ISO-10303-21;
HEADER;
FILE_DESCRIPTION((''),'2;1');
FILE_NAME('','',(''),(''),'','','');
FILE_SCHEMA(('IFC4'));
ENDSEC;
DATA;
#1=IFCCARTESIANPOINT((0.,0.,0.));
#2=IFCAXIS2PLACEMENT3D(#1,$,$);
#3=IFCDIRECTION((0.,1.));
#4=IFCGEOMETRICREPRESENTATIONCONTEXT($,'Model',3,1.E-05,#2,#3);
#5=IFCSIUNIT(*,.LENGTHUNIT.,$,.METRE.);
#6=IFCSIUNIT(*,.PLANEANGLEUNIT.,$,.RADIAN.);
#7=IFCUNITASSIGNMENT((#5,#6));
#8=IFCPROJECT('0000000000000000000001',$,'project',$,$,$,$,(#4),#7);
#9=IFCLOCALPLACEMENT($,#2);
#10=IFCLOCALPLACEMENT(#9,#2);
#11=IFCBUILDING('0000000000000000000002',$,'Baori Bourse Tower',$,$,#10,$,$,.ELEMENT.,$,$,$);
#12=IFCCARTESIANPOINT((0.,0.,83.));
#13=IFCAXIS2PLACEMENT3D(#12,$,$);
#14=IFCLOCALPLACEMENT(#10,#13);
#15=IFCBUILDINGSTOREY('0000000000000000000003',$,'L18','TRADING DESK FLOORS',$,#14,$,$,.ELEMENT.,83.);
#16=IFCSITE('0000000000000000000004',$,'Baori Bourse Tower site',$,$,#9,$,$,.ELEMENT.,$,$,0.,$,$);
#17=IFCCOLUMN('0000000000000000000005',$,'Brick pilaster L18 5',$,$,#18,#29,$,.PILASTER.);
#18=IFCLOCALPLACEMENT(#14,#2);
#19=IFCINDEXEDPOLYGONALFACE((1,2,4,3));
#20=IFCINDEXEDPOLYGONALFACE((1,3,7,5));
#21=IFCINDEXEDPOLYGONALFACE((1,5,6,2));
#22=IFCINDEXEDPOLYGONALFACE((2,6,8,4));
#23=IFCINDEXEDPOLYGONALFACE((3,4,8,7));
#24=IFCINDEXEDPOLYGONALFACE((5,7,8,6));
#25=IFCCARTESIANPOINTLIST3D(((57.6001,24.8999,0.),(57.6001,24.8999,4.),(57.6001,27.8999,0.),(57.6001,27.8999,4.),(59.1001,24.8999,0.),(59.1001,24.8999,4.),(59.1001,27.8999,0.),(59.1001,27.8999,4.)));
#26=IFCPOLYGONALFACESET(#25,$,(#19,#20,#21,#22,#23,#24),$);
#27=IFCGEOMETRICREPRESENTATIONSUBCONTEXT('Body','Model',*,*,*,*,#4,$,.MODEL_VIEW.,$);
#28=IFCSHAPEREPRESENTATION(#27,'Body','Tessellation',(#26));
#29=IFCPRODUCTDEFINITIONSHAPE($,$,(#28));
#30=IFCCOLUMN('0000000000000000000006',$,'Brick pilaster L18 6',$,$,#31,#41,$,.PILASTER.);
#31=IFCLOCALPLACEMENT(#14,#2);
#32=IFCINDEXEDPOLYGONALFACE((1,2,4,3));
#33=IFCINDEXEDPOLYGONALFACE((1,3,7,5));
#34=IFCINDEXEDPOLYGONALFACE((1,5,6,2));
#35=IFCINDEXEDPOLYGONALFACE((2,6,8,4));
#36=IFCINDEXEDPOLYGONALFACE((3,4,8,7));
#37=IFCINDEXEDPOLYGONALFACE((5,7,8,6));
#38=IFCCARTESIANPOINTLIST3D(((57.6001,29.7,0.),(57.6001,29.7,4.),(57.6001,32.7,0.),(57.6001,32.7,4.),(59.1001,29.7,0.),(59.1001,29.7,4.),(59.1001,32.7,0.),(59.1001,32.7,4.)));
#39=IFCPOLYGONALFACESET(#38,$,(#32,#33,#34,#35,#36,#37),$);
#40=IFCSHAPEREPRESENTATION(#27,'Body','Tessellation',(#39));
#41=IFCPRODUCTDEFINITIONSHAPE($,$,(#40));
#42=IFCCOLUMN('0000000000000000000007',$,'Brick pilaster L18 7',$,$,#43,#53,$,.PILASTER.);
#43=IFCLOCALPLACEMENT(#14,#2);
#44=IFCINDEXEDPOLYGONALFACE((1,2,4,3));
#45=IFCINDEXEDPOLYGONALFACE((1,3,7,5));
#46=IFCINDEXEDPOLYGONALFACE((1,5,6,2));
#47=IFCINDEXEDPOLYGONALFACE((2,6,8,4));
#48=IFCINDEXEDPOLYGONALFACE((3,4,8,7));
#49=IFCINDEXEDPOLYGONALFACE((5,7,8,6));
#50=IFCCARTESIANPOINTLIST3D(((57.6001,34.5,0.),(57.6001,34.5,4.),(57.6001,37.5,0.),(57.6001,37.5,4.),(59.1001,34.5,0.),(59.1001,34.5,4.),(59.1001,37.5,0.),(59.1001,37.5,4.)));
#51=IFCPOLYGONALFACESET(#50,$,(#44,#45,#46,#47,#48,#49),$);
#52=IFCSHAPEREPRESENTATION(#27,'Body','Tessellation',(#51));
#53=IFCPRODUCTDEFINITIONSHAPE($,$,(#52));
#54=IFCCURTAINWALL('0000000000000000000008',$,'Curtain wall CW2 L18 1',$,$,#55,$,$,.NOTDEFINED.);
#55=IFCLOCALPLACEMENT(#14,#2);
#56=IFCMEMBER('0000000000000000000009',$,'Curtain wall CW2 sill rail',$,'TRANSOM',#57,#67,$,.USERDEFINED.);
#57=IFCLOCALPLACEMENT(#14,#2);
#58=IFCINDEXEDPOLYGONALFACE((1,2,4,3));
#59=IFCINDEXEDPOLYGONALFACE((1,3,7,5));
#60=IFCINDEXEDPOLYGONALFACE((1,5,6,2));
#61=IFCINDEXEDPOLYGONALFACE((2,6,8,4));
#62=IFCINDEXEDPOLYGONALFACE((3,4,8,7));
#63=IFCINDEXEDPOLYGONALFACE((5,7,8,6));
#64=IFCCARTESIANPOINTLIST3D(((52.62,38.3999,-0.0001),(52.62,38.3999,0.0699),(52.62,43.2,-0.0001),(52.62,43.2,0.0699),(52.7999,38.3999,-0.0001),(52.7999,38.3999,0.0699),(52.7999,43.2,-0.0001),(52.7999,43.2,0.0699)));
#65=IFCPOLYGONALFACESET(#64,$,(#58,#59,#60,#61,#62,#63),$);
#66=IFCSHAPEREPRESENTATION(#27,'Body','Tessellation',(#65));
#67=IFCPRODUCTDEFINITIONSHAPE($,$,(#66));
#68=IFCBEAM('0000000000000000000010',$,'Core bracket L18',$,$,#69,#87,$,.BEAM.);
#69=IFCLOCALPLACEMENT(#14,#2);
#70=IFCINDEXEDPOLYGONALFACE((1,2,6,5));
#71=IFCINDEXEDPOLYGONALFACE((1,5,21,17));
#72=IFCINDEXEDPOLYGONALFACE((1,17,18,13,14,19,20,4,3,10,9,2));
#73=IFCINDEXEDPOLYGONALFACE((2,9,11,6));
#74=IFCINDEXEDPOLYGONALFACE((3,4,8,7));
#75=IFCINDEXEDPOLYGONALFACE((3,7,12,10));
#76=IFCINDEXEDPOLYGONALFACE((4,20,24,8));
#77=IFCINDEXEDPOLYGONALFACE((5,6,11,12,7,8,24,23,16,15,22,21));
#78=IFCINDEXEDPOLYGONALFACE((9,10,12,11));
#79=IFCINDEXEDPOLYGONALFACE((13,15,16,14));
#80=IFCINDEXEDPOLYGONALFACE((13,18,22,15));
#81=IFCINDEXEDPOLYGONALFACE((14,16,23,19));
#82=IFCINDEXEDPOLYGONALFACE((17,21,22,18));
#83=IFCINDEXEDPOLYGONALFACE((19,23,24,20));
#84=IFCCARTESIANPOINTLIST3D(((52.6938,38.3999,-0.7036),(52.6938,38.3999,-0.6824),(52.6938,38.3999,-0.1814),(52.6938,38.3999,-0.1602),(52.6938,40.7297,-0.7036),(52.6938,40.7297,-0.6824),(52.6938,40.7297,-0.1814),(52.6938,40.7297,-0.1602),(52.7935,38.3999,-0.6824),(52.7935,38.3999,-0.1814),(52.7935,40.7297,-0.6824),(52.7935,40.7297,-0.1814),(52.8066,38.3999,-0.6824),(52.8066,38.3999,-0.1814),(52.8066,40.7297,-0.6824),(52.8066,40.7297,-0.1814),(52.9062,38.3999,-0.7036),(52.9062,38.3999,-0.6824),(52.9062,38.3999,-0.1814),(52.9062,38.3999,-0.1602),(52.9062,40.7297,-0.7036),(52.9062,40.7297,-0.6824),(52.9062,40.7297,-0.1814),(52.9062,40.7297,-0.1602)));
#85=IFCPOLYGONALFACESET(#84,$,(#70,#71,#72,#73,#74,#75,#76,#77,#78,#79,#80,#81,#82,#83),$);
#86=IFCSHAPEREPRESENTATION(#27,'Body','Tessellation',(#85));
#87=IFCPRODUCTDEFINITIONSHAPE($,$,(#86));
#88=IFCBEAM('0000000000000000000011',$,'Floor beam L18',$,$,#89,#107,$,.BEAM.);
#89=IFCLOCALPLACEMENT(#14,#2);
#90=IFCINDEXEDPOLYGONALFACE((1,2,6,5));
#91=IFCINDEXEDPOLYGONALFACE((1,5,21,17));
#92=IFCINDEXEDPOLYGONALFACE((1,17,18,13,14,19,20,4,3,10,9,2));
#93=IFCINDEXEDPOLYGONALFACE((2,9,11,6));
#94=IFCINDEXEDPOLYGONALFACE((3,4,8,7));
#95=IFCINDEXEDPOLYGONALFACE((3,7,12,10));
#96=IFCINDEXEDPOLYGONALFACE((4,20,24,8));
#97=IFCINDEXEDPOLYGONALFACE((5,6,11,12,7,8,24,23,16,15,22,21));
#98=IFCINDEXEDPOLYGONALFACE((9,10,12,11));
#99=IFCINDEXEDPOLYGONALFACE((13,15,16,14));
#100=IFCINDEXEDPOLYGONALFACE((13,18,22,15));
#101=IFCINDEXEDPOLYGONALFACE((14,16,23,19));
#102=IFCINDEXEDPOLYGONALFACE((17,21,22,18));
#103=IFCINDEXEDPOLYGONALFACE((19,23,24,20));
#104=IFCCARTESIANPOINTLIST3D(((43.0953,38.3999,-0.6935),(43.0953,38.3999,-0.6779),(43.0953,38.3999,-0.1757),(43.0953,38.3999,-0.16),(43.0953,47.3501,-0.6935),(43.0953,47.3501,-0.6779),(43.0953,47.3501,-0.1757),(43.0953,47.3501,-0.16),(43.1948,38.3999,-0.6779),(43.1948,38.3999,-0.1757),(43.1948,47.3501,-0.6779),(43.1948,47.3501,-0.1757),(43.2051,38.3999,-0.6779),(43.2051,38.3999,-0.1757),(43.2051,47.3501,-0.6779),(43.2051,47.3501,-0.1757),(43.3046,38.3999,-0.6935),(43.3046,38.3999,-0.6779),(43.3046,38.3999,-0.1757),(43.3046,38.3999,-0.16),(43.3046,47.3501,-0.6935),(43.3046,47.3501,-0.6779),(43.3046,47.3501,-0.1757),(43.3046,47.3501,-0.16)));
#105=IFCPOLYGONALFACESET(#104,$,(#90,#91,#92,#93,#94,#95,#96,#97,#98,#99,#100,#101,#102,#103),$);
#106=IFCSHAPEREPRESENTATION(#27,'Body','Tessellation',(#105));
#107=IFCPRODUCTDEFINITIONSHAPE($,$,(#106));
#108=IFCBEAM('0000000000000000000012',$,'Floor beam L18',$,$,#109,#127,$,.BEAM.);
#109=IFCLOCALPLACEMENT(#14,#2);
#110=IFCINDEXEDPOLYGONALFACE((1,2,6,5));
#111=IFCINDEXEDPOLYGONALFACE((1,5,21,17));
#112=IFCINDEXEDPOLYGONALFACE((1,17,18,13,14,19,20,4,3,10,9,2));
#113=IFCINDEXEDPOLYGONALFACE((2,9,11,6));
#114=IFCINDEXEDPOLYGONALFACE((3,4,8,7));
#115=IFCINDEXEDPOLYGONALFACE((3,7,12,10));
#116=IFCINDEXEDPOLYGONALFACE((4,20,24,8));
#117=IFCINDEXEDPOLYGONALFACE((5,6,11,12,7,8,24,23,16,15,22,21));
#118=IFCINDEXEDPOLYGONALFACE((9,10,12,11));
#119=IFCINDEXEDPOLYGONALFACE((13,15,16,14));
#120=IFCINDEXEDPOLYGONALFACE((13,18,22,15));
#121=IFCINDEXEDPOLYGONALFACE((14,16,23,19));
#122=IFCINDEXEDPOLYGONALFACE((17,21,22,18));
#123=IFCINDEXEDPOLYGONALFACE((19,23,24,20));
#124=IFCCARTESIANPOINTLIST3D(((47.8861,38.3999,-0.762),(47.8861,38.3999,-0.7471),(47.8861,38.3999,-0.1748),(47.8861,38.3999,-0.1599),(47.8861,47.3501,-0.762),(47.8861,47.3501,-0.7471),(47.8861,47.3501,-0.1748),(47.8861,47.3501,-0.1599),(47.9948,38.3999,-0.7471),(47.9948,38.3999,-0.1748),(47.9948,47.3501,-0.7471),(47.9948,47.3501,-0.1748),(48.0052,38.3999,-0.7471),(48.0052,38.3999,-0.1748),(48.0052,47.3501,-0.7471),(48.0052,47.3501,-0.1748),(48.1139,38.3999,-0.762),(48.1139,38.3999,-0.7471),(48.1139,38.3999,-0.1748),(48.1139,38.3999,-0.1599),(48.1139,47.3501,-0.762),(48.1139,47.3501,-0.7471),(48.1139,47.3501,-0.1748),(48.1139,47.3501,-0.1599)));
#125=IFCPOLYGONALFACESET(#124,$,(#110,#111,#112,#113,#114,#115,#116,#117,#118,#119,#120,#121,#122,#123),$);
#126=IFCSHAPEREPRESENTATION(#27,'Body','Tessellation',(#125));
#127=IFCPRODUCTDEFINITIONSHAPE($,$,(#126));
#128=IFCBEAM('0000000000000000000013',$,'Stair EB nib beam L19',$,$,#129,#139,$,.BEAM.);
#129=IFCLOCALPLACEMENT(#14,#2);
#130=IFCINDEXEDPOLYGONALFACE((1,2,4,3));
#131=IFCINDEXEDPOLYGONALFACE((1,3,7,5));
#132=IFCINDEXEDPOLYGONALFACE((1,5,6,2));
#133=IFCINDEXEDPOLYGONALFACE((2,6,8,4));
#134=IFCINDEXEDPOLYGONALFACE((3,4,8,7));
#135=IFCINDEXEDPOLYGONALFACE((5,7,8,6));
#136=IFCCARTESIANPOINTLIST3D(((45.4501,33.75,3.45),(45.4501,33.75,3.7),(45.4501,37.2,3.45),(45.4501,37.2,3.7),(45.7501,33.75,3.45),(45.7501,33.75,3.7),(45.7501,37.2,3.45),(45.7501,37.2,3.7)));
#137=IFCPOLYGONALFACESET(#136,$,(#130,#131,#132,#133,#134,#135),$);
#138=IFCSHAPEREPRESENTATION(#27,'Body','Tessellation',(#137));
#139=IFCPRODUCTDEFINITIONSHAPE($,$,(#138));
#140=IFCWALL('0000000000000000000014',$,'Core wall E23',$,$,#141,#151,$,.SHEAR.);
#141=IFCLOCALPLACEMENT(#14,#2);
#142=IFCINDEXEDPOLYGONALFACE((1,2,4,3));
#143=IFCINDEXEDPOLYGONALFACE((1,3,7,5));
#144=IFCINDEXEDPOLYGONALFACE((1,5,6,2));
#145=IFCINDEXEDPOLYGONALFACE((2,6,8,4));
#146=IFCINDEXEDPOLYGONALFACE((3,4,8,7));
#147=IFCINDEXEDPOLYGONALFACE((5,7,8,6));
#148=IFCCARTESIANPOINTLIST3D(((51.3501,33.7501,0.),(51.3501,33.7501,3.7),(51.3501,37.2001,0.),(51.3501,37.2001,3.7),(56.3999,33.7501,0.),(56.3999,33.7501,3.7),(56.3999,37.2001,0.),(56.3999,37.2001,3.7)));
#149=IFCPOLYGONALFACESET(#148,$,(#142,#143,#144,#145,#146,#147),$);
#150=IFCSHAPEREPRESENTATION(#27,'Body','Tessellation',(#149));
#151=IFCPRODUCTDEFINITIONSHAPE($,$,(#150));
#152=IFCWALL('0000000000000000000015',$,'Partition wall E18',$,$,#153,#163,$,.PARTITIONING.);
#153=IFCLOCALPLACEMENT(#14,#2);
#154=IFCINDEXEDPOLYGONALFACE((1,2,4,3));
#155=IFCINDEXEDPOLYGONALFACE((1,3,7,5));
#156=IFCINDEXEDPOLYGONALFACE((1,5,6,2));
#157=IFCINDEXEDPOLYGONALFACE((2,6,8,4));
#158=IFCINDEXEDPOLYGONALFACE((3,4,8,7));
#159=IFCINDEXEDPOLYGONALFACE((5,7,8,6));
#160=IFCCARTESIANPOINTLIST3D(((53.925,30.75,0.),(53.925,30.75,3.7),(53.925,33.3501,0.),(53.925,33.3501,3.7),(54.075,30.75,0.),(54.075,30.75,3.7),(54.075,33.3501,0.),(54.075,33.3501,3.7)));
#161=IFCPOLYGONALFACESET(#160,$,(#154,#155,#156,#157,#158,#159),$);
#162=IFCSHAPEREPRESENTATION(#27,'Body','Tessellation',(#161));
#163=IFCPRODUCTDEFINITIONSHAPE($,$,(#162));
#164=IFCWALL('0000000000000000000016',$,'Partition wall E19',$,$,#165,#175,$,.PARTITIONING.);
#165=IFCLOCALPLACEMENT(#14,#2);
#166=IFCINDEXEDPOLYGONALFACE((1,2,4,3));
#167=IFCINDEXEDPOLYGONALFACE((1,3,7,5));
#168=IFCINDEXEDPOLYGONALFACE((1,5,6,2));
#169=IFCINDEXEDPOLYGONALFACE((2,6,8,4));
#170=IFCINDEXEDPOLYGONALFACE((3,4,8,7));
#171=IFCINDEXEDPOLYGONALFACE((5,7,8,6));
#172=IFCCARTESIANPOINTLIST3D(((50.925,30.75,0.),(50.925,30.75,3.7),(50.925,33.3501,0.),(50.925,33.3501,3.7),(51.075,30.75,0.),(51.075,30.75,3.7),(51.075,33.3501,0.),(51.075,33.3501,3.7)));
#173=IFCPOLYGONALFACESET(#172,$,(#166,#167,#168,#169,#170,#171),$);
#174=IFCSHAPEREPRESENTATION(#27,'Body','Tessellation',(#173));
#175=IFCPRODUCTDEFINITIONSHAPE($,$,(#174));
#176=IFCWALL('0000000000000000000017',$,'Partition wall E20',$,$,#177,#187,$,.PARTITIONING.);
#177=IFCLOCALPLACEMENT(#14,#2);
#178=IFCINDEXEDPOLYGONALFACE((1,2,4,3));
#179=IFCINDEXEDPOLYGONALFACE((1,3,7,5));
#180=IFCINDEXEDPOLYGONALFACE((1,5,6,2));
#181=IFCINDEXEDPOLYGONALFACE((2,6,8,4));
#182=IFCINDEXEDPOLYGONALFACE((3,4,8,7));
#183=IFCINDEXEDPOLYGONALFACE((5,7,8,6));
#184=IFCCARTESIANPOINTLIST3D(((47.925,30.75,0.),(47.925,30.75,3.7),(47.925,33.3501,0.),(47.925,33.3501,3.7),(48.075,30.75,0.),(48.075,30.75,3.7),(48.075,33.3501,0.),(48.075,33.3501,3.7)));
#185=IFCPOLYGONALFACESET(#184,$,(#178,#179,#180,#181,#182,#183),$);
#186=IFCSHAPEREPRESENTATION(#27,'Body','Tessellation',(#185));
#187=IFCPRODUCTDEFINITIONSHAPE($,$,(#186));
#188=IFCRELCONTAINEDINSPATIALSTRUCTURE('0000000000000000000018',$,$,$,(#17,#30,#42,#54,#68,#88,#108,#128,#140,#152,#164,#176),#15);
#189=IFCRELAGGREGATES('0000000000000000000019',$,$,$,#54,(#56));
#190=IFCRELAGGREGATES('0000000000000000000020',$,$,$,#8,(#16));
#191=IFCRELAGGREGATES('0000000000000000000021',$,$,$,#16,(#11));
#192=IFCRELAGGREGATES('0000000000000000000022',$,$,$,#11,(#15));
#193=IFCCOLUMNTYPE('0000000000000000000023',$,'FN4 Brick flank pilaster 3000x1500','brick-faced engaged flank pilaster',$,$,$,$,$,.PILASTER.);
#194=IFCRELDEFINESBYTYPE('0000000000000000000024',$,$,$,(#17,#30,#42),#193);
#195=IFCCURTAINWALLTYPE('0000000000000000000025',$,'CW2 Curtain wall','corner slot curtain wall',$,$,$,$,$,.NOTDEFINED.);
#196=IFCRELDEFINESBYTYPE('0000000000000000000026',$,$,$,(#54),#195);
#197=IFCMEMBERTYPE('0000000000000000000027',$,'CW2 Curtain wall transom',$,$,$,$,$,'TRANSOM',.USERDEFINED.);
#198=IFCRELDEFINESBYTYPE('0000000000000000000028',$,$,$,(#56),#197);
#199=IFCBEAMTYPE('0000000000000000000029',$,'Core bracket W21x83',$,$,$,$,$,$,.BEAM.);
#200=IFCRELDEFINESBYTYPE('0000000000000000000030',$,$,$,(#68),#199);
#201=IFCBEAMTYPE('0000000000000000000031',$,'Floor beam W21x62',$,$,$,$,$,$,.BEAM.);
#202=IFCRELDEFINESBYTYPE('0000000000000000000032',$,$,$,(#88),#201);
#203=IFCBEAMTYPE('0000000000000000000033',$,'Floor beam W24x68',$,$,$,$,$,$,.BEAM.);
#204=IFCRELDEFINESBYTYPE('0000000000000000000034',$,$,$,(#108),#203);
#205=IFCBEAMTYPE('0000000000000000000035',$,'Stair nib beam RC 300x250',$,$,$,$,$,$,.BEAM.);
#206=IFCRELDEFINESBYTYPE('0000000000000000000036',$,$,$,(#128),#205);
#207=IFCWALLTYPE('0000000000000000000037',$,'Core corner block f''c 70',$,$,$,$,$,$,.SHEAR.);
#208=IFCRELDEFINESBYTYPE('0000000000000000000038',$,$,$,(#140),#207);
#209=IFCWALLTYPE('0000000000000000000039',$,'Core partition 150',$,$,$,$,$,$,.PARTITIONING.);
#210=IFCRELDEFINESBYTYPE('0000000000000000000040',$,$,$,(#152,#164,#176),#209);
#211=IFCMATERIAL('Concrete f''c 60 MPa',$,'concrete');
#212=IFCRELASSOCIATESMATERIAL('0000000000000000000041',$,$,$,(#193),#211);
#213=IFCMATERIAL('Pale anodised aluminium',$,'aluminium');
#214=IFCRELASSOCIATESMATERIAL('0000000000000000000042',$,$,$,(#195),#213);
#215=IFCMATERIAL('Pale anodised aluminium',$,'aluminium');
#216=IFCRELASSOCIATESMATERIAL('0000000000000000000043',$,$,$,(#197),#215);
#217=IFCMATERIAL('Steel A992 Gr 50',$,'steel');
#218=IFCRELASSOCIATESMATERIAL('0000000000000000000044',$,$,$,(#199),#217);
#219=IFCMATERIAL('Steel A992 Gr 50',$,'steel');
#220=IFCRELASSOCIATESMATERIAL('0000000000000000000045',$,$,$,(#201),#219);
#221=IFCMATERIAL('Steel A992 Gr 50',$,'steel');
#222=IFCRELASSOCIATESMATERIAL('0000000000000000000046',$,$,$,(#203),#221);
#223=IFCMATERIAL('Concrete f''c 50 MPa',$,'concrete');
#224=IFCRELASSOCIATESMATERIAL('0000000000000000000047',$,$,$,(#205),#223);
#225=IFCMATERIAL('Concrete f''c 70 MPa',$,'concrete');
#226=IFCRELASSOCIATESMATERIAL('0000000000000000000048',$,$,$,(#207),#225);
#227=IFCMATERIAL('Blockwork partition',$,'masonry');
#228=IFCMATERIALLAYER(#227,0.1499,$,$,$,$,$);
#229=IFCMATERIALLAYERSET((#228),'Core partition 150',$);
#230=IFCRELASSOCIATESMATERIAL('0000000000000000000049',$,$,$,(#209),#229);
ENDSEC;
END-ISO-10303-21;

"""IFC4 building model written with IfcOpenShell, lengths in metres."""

from ifc_helpers import new_model, si_unit, direction, frame, frame_2d, origin, origin_2d, place, context, subcontext, project, spatial, rectangle, i_section, extrude, material, layer, layer_set, material_profile, profile_set, type_object, element, aggregate, save


model = new_model("IFC4")

# Units and contexts
model_context = context("Model", 3, precision=1e-05, world=origin(), true_north=direction((0.0, 1.0)))
body_context = subcontext(model_context, "Body", "Model", "MODEL_VIEW")
ifc_project = project(units=[si_unit("LENGTHUNIT", "METRE"), si_unit("PLANEANGLEUNIT", "RADIAN")], contexts=[model_context])

# Site, building, storey
site_placement = place(None, origin())
site = spatial("IfcSite", under=ifc_project, at=site_placement, Name="Baori Bourse Tower site", CompositionType="ELEMENT", RefElevation=0.0)
building_placement = place(site_placement, origin())
building = spatial("IfcBuilding", under=site, at=building_placement, Name="Baori Bourse Tower", CompositionType="ELEMENT")
storey_placement = place(building_placement, frame((0.0, 0.0, 83.0)))
storey = spatial("IfcBuildingStorey", under=building, at=storey_placement, Name="L18", Description="TRADING DESK FLOORS", CompositionType="ELEMENT", Elevation=83.0)

# Columns
ifc_material_1 = material(Name="Concrete f'c 60 MPa", Category="concrete")
ifc_material_profile_1 = material_profile(ifc_material_1, rectangle(XDim=3.0, YDim=1.5, at=origin_2d()), Name="RC 3000x1500")
ifc_profile_set_1 = profile_set([ifc_material_profile_1], Name="Concrete f'c 60 MPa")
column_type = type_object("IfcColumnType", Name="FN4 Brick flank pilaster 3000x1500", Description="brick-faced engaged flank pilaster", PredefinedType="PILASTER", material=ifc_profile_set_1)
for number, where, z_axis, x_axis, name in (
    (1, (58.3501, 26.3999, 0.0), (0.0, 0.0, 1.0), (0.0, 1.0, 0.0), "Brick pilaster L18 5"),
    (2, (58.3501, 31.2, 0.0), (0.0, 0.0, 1.0), (0.0, 1.0, 0.0), "Brick pilaster L18 6"),
    (3, (58.3501, 36.0, 0.0), (0.0, 0.0, 1.0), (0.0, 1.0, 0.0), "Brick pilaster L18 7"),
):
    element("IfcColumn", number, at=place(storey_placement, frame(where, z_axis=z_axis, x_axis=x_axis)), inside=storey, type_object=column_type, Name=name, PredefinedType="PILASTER", context=body_context, shape_type="SweptSolid", body=[
        extrude(rectangle(XDim=3.0, YDim=1.5, at=origin_2d()), origin(), (0.0, 0.0, 1.0), 4.0),
    ])

# Curtain wall, member
ifc_material_2 = material(Name="Pale anodised aluminium", Category="aluminium")
curtain_wall_type = type_object("IfcCurtainWallType", Name="CW2 Curtain wall", Description="corner slot curtain wall", PredefinedType="NOTDEFINED", material=ifc_material_2)
curtain_wall_placement = place(storey_placement, origin())
curtain_wall = element("IfcCurtainWall", 4, at=curtain_wall_placement, inside=storey, type_object=curtain_wall_type, Name="Curtain wall CW2 L18 1", PredefinedType="NOTDEFINED")
ifc_material_3 = material(Name="Pale anodised aluminium", Category="aluminium")
ifc_material_profile_2 = material_profile(ifc_material_3, rectangle(XDim=0.1799, YDim=0.0701, at=origin_2d()), Name="Transom 70x180")
ifc_profile_set_2 = profile_set([ifc_material_profile_2], Name="Pale anodised aluminium")
member_type = type_object("IfcMemberType", Name="CW2 Curtain wall transom", ElementType="TRANSOM", PredefinedType="USERDEFINED", material=ifc_profile_set_2)
member_placement = place(storey_placement, frame((52.71, 38.3999, 0.0349), z_axis=(0.0, 1.0, 0.0), x_axis=(-1.0, 0.0, 0.0)))
member = element("IfcMember", 5, at=member_placement, type_object=member_type, Name="Curtain wall CW2 sill rail", ObjectType="TRANSOM", PredefinedType="USERDEFINED", context=body_context, shape_type="SweptSolid", body=[
    extrude(rectangle(XDim=0.1799, YDim=0.0701, at=origin_2d()), origin(), (0.0, 0.0, 1.0), 4.8),
])
aggregate(curtain_wall, [member])

# Beams
ifc_material_4 = material(Name="Steel A992 Gr 50", Category="steel")
ifc_material_profile_3 = material_profile(ifc_material_4, i_section(OverallWidth=0.2124, OverallDepth=0.5435, WebThickness=0.0132, FlangeThickness=0.0212, at=origin_2d()), Name="W21x83")
ifc_profile_set_3 = profile_set([ifc_material_profile_3], Name="Steel A992 Gr 50")
beam_type_1 = type_object("IfcBeamType", Name="Core bracket W21x83", PredefinedType="BEAM", material=ifc_profile_set_3)
beam_1_placement = place(storey_placement, frame((52.8, 38.3999, -0.4319), z_axis=(0.0, 1.0, 0.0), x_axis=(-1.0, 0.0, 0.0)))
element("IfcBeam", 6, at=beam_1_placement, inside=storey, type_object=beam_type_1, Name="Core bracket L18", PredefinedType="BEAM", context=body_context, shape_type="SweptSolid", body=[
    extrude(i_section(OverallWidth=0.2124, OverallDepth=0.5435, WebThickness=0.0132, FlangeThickness=0.0212, at=origin_2d()), origin(), (0.0, 0.0, 1.0), 2.3298),
])
ifc_material_5 = material(Name="Steel A992 Gr 50", Category="steel")
ifc_material_profile_4 = material_profile(ifc_material_5, i_section(OverallWidth=0.2092, OverallDepth=0.5334, WebThickness=0.0103, FlangeThickness=0.0156, at=origin_2d()), Name="W21x62")
ifc_profile_set_4 = profile_set([ifc_material_profile_4], Name="Steel A992 Gr 50")
beam_type_2 = type_object("IfcBeamType", Name="Floor beam W21x62", PredefinedType="BEAM", material=ifc_profile_set_4)
beam_2_placement = place(storey_placement, frame((43.2, 38.3999, -0.4268), z_axis=(0.0, 1.0, 0.0), x_axis=(-1.0, 0.0, 0.0)))
element("IfcBeam", 7, at=beam_2_placement, inside=storey, type_object=beam_type_2, Name="Floor beam L18", PredefinedType="BEAM", context=body_context, shape_type="SweptSolid", body=[
    extrude(i_section(OverallWidth=0.2092, OverallDepth=0.5334, WebThickness=0.0103, FlangeThickness=0.0156, at=origin_2d()), origin(), (0.0, 0.0, 1.0), 8.9502),
])
ifc_material_6 = material(Name="Steel A992 Gr 50", Category="steel")
ifc_material_profile_5 = material_profile(ifc_material_6, i_section(OverallWidth=0.2278, OverallDepth=0.6021, WebThickness=0.0105, FlangeThickness=0.0149, at=origin_2d()), Name="W24x68")
ifc_profile_set_5 = profile_set([ifc_material_profile_5], Name="Steel A992 Gr 50")
beam_type_3 = type_object("IfcBeamType", Name="Floor beam W24x68", PredefinedType="BEAM", material=ifc_profile_set_5)
beam_3_placement = place(storey_placement, frame((48.0, 38.3999, -0.4609), z_axis=(0.0, 1.0, 0.0), x_axis=(-1.0, 0.0, 0.0)))
element("IfcBeam", 8, at=beam_3_placement, inside=storey, type_object=beam_type_3, Name="Floor beam L18", PredefinedType="BEAM", context=body_context, shape_type="SweptSolid", body=[
    extrude(i_section(OverallWidth=0.2278, OverallDepth=0.6021, WebThickness=0.0105, FlangeThickness=0.0149, at=origin_2d()), origin(), (0.0, 0.0, 1.0), 8.9502),
])
ifc_material_7 = material(Name="Concrete f'c 50 MPa", Category="concrete")
ifc_material_profile_6 = material_profile(ifc_material_7, rectangle(XDim=0.3, YDim=0.25, at=origin_2d()), Name="RC 300x250")
ifc_profile_set_6 = profile_set([ifc_material_profile_6], Name="Concrete f'c 50 MPa")
beam_type_4 = type_object("IfcBeamType", Name="Stair nib beam RC 300x250", PredefinedType="BEAM", material=ifc_profile_set_6)
beam_4_placement = place(storey_placement, frame((45.6001, 33.75, 3.575), z_axis=(0.0, 1.0, 0.0), x_axis=(-1.0, 0.0, 0.0)))
element("IfcBeam", 9, at=beam_4_placement, inside=storey, type_object=beam_type_4, Name="Stair EB nib beam L19", PredefinedType="BEAM", context=body_context, shape_type="SweptSolid", body=[
    extrude(rectangle(XDim=0.3, YDim=0.25, at=origin_2d()), origin(), (0.0, 0.0, 1.0), 3.45),
])

# Walls
ifc_material_8 = material(Name="Concrete f'c 70 MPa", Category="concrete")
wall_type_1 = type_object("IfcWallType", Name="Core corner block f'c 70", PredefinedType="SHEAR", material=ifc_material_8)
wall_1_placement = place(storey_placement, frame((51.3501, 35.4751, 0.0), z_axis=(0.0, 0.0, 1.0), x_axis=(1.0, 0.0, 0.0)))
element("IfcWall", 10, at=wall_1_placement, inside=storey, type_object=wall_type_1, Name="Core wall E23", PredefinedType="SHEAR", context=body_context, shape_type="SweptSolid", body=[
    extrude(rectangle(XDim=5.0498, YDim=3.45, at=frame_2d((2.5249, 0.0))), origin(), (0.0, 0.0, 1.0), 3.7),
])
ifc_material_9 = material(Name="Blockwork partition", Category="masonry")
ifc_layer_1 = layer(ifc_material_9, 0.1499)
ifc_layer_set_1 = layer_set([ifc_layer_1], Name="Core partition 150")
wall_type_2 = type_object("IfcWallType", Name="Core partition 150", PredefinedType="PARTITIONING", material=ifc_layer_set_1)
for number, where, z_axis, x_axis, name in (
    (11, (54.0, 30.75, 0.0), (0.0, 0.0, 1.0), (0.0, 1.0, 0.0), "Partition wall E18"),
    (12, (51.0, 30.75, 0.0), (0.0, 0.0, 1.0), (0.0, 1.0, 0.0), "Partition wall E19"),
    (13, (48.0, 30.75, 0.0), (0.0, 0.0, 1.0), (0.0, 1.0, 0.0), "Partition wall E20"),
):
    element("IfcWall", number, at=place(storey_placement, frame(where, z_axis=z_axis, x_axis=x_axis)), inside=storey, type_object=wall_type_2, Name=name, PredefinedType="PARTITIONING", context=body_context, shape_type="SweptSolid", body=[
        extrude(rectangle(XDim=2.6001, YDim=0.1499, at=frame_2d((1.3, 0.0))), origin(), (0.0, 0.0, 1.0), 3.7),
    ])

save(model, "model.ifc")
